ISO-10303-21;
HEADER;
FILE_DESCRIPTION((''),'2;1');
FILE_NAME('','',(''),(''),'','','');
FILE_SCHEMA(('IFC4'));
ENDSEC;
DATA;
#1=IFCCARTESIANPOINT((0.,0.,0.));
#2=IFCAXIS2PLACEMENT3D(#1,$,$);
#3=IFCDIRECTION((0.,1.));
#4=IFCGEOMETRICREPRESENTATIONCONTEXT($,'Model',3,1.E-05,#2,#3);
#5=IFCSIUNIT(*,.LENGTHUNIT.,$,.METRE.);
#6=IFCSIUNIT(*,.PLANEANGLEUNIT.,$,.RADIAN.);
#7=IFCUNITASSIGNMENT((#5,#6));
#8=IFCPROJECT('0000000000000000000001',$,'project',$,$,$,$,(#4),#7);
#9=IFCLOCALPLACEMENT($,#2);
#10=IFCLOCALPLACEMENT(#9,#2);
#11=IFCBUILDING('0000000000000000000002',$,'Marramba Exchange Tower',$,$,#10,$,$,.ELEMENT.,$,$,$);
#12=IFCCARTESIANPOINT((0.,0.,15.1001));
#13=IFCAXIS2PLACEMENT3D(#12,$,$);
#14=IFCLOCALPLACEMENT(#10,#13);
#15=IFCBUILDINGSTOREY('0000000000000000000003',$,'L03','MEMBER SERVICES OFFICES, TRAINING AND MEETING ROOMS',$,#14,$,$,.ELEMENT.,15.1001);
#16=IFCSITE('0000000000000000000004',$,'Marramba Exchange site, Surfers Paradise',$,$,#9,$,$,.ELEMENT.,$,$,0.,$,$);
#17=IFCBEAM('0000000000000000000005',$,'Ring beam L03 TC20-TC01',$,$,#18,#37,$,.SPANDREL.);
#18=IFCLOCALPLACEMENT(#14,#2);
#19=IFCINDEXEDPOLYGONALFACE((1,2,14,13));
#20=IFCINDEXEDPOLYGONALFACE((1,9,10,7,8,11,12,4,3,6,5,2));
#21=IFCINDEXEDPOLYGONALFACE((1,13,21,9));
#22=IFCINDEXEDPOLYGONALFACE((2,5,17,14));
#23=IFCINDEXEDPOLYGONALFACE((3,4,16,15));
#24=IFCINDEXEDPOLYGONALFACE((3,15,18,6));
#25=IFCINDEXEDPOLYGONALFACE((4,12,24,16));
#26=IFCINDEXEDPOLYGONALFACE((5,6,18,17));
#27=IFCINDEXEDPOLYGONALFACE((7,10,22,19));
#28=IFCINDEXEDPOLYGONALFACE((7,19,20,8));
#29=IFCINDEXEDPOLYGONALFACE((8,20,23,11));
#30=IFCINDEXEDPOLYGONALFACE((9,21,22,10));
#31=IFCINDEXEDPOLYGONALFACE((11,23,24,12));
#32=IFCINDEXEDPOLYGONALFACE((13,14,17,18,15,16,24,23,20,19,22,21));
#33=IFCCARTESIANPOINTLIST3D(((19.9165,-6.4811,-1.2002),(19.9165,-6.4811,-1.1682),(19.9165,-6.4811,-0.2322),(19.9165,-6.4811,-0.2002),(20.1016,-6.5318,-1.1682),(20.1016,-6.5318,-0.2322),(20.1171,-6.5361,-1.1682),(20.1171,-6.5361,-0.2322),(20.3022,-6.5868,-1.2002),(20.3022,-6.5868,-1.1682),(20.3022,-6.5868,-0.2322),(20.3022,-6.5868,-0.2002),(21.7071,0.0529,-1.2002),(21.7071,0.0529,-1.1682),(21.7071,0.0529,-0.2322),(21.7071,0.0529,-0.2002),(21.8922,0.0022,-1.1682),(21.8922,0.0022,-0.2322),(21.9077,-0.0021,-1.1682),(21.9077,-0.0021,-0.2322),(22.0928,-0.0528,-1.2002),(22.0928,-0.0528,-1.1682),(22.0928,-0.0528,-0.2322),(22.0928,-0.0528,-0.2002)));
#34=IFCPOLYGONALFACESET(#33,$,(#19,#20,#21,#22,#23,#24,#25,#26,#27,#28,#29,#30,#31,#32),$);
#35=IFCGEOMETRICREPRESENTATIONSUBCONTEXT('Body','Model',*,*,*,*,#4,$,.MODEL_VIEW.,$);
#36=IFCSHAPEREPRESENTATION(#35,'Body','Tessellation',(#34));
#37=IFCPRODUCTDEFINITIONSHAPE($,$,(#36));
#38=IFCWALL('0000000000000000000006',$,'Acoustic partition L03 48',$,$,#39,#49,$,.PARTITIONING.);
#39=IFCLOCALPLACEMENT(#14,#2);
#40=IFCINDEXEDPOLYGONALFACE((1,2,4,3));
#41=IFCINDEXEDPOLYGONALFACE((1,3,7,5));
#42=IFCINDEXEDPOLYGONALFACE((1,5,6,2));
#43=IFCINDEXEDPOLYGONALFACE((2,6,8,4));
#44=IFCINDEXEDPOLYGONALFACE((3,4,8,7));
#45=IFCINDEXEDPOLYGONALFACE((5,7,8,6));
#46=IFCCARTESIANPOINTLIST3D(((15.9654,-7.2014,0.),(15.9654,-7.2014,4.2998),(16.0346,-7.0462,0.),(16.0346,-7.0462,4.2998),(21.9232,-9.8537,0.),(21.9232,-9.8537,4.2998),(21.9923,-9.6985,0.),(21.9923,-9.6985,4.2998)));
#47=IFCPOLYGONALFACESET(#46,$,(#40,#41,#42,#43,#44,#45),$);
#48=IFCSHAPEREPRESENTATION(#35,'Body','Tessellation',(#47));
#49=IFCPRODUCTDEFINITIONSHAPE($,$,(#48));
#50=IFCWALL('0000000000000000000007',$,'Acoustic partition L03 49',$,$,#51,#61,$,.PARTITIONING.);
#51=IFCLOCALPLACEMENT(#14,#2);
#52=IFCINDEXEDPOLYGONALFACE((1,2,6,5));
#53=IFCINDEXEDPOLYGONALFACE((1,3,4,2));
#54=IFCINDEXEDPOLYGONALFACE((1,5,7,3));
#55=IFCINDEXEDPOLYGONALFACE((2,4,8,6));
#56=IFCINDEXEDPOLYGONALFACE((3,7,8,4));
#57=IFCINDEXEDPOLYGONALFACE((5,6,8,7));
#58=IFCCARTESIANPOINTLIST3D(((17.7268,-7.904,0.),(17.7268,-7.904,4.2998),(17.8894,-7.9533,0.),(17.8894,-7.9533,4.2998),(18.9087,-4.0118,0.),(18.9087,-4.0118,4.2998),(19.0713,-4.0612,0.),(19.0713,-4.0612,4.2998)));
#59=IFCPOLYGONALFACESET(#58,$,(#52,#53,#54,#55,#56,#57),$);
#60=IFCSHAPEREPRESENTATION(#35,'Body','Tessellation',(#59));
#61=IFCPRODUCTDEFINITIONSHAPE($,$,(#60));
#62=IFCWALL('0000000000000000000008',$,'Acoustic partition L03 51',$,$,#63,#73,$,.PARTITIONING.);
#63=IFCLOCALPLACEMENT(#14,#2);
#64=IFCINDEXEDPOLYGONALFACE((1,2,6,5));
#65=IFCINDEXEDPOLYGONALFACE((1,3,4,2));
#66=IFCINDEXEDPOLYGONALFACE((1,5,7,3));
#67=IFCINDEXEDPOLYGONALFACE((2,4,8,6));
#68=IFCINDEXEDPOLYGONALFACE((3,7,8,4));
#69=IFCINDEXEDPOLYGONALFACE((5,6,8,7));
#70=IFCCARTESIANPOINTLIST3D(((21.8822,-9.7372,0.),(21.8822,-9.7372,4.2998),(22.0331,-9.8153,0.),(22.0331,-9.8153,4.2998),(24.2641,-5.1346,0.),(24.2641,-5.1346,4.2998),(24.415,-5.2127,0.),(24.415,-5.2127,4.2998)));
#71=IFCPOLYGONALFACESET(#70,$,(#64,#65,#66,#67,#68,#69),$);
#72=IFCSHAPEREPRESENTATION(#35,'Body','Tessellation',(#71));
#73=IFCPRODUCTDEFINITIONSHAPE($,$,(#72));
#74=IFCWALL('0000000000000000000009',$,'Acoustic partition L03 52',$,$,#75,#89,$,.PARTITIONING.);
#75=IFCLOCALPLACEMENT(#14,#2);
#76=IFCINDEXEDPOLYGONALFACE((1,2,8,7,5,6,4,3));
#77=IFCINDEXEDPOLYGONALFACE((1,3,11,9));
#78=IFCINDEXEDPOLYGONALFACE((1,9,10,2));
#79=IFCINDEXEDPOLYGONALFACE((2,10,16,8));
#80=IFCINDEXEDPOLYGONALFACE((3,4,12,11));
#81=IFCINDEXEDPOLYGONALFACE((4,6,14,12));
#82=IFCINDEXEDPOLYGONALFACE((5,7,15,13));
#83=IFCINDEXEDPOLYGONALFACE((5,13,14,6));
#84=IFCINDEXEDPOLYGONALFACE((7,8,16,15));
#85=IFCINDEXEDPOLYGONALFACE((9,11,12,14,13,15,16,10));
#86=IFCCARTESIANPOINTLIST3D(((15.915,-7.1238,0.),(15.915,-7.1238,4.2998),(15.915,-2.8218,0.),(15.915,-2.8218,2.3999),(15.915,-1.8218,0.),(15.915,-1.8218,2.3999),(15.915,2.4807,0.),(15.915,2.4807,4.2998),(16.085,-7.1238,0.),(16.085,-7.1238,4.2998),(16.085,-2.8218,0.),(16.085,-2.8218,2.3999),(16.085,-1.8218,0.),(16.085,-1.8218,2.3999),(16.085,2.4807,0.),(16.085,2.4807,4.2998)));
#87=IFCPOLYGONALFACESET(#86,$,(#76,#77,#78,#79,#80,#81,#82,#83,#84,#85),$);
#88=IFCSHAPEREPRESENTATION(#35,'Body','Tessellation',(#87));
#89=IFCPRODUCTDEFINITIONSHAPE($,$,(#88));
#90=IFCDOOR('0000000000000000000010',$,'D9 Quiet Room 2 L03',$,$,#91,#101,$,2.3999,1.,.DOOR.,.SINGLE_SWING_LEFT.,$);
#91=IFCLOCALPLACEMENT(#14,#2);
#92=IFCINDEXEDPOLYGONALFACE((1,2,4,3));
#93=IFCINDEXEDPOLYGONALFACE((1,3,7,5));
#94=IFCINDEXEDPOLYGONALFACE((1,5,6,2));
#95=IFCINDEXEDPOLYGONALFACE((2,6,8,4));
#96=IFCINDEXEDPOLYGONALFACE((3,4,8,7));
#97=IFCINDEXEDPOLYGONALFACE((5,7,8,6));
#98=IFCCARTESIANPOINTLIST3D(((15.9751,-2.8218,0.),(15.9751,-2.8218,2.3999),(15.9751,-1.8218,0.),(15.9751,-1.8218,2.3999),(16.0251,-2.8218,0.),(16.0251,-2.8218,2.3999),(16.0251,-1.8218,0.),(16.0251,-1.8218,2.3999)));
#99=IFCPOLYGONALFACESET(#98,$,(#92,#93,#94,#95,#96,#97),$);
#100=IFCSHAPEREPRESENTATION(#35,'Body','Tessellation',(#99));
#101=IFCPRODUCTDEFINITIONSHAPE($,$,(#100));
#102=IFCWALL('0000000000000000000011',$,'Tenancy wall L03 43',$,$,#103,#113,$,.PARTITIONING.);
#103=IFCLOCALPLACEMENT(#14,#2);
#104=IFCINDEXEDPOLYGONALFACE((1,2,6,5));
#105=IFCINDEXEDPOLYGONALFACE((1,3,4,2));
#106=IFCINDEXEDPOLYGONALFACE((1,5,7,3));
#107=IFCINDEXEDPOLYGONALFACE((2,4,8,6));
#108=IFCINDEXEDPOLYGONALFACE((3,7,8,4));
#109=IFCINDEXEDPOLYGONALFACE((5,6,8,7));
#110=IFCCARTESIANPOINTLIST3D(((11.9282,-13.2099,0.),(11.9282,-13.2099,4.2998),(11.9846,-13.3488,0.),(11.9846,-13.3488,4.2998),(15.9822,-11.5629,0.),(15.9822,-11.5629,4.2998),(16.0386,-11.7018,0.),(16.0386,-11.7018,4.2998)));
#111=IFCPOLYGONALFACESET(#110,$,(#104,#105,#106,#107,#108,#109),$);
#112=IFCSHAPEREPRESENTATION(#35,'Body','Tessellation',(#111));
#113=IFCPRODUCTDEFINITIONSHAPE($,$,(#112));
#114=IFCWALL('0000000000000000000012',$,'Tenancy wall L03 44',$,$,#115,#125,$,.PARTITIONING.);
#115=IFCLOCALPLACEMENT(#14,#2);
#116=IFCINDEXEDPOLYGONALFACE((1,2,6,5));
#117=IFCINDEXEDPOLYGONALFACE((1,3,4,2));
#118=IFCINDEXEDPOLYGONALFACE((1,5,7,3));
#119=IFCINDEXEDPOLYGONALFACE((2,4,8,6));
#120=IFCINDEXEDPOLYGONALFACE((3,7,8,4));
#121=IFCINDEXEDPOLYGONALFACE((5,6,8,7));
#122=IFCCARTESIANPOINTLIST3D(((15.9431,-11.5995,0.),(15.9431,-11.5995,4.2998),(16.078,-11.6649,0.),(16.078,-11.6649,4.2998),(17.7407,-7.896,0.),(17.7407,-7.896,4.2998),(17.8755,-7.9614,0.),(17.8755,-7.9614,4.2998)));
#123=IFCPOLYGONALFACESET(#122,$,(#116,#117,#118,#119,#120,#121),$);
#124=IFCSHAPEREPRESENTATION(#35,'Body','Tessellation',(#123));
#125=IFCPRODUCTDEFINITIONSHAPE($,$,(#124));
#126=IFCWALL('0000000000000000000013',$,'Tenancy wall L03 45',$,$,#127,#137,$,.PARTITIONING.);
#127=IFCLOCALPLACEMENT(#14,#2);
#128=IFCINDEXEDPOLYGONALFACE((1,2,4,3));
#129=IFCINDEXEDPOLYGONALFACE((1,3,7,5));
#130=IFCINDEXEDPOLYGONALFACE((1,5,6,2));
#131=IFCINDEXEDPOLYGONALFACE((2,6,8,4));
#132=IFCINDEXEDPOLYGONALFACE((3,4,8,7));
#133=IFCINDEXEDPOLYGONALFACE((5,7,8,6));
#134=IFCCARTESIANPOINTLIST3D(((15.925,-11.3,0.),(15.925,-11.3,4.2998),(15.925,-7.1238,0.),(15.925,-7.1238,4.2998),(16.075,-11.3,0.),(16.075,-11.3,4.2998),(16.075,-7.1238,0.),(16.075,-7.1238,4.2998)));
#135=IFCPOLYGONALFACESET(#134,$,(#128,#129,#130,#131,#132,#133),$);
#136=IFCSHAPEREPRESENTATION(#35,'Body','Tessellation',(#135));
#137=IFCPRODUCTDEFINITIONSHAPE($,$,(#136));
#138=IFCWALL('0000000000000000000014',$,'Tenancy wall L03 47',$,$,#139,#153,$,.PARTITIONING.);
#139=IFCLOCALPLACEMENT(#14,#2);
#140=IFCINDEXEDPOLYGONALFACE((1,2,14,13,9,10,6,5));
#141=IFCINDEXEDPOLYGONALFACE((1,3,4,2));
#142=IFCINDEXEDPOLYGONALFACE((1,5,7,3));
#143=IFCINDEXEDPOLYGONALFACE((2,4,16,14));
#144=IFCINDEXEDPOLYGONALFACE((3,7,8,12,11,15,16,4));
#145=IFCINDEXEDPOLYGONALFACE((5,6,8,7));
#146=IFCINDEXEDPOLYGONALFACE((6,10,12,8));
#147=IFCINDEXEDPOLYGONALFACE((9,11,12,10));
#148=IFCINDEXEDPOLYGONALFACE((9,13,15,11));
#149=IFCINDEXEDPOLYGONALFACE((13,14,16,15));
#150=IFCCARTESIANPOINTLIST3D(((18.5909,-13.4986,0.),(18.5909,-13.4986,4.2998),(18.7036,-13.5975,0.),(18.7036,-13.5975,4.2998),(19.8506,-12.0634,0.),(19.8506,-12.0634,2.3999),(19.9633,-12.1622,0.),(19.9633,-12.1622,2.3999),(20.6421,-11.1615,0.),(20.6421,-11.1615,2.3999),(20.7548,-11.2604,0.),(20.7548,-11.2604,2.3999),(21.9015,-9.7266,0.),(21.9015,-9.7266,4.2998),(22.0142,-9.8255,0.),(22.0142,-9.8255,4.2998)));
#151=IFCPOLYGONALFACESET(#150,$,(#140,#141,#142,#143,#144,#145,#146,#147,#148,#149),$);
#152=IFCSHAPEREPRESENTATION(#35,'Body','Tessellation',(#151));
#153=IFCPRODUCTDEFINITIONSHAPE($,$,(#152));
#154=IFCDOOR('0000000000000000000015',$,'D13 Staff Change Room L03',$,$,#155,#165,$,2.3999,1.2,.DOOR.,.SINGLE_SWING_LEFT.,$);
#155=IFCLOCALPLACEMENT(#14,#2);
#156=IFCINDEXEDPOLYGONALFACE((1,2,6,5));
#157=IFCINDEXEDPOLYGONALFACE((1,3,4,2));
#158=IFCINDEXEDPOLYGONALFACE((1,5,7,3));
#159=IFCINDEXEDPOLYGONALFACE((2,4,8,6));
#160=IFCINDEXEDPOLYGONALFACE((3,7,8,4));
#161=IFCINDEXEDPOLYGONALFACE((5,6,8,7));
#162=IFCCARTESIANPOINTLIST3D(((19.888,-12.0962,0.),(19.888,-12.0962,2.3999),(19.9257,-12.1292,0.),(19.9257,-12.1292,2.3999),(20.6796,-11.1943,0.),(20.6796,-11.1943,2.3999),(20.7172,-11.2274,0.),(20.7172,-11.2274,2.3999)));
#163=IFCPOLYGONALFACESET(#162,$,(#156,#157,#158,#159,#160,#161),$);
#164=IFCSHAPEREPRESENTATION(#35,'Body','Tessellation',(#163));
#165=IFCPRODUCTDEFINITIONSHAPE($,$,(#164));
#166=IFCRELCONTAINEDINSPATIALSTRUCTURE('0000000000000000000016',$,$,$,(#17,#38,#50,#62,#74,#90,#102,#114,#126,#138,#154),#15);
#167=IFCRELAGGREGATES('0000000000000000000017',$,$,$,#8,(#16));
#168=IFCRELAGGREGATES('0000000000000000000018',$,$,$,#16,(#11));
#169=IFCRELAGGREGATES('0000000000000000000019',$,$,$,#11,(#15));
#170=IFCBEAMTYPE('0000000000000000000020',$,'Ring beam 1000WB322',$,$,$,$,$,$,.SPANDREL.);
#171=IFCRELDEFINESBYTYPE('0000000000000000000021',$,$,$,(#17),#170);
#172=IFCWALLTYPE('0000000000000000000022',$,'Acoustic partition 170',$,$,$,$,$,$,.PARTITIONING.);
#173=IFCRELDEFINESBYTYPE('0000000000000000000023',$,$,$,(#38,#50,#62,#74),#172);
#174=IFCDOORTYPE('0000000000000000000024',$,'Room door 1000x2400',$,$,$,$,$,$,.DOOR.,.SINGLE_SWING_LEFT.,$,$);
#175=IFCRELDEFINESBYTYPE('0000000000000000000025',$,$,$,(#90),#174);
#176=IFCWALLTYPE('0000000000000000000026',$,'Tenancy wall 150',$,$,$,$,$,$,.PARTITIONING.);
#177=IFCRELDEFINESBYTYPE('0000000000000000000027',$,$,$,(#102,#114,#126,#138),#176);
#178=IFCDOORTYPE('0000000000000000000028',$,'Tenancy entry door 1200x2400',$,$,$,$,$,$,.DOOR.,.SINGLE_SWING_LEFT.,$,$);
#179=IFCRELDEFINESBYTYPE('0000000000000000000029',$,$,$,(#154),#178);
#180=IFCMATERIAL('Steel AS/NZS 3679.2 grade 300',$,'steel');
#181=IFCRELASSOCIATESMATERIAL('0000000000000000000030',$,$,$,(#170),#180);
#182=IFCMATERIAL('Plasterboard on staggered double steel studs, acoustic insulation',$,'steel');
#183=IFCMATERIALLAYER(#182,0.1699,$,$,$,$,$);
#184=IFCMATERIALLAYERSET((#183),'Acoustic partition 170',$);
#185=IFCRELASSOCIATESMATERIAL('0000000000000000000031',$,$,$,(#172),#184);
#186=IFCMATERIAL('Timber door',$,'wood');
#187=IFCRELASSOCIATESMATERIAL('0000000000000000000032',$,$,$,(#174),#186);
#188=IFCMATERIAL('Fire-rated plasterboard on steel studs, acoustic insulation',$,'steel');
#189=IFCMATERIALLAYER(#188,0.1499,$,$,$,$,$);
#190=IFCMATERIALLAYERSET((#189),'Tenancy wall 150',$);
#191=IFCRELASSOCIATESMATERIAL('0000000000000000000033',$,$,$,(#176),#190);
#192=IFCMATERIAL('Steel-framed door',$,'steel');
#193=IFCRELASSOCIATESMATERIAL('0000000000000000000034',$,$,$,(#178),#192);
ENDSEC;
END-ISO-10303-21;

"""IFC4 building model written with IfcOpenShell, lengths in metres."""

from ifc_helpers import new_model, si_unit, direction, frame, frame_2d, origin, origin_2d, place, context, subcontext, project, spatial, rectangle, i_section, extrude, material, layer, layer_set, material_profile, profile_set, type_object, element, fill, save


model = new_model("IFC4")

# Units and contexts
model_context = context("Model", 3, precision=1e-05, world=origin(), true_north=direction((0.0, 1.0)))
body_context = subcontext(model_context, "Body", "Model", "MODEL_VIEW")
ifc_project = project(units=[si_unit("LENGTHUNIT", "METRE"), si_unit("PLANEANGLEUNIT", "RADIAN")], contexts=[model_context])

# Site, building, storey
site_placement = place(None, origin())
site = spatial("IfcSite", under=ifc_project, at=site_placement, Name="Marramba Exchange site, Surfers Paradise", CompositionType="ELEMENT", RefElevation=0.0)
building_placement = place(site_placement, origin())
building = spatial("IfcBuilding", under=site, at=building_placement, Name="Marramba Exchange Tower", CompositionType="ELEMENT")
storey_placement = place(building_placement, frame((0.0, 0.0, 15.1001)))
storey = spatial("IfcBuildingStorey", under=building, at=storey_placement, Name="L03", Description="MEMBER SERVICES OFFICES, TRAINING AND MEETING ROOMS", CompositionType="ELEMENT", Elevation=15.1001)

# Beam
ifc_material_1 = material(Name="Steel AS/NZS 3679.2 grade 300", Category="steel")
ifc_material_profile_1 = material_profile(ifc_material_1, i_section(OverallWidth=0.3999, OverallDepth=1.0, WebThickness=0.0161, FlangeThickness=0.032, at=origin_2d()), Name="1000WB322")
ifc_profile_set_1 = profile_set([ifc_material_profile_1], Name="Steel AS/NZS 3679.2 grade 300")
beam_type_1 = type_object("IfcBeamType", Name="Ring beam 1000WB322", PredefinedType="SPANDREL", material=ifc_profile_set_1)
beam_1_placement = place(storey_placement, frame((20.1094, -6.5339, -0.7002), z_axis=(0.264291, 0.964443, 0.0), x_axis=(-0.964443, 0.264291, 0.0)))
element("IfcBeam", 1, at=beam_1_placement, inside=storey, type_object=beam_type_1, Name="Ring beam L03 TC20-TC01", PredefinedType="SPANDREL", context=body_context, shape_type="SweptSolid", body=[
    extrude(i_section(OverallWidth=0.3999, OverallDepth=1.0, WebThickness=0.0161, FlangeThickness=0.032, at=origin_2d()), origin(), (0.0, 0.0, 1.0), 6.7749),
])

# Walls
ifc_material_2 = material(Name="Plasterboard on staggered double steel studs, acoustic insulation", Category="steel")
ifc_layer_1 = layer(ifc_material_2, 0.1699)
ifc_layer_set_1 = layer_set([ifc_layer_1], Name="Acoustic partition 170")
wall_type_1 = type_object("IfcWallType", Name="Acoustic partition 170", PredefinedType="PARTITIONING", material=ifc_layer_set_1)
wall_1_placement = place(storey_placement, frame((16.0, -7.1238, 0.0), z_axis=(0.0, 0.0, 1.0), x_axis=(0.913558, -0.406708, 0.0)))
element("IfcWall", 2, at=wall_1_placement, inside=storey, type_object=wall_type_1, Name="Acoustic partition L03 48", PredefinedType="PARTITIONING", context=body_context, shape_type="SweptSolid", body=[
    extrude(rectangle(XDim=6.5215, YDim=0.1699, at=frame_2d((3.2607, 0.0))), origin(), (0.0, 0.0, 1.0), 4.2998),
])
wall_2_placement = place(storey_placement, frame((18.99, -4.0366, 0.0), z_axis=(0.0, 0.0, 1.0), x_axis=(-0.290562, -0.956856, 0.0)))
element("IfcWall", 3, at=wall_2_placement, inside=storey, type_object=wall_type_1, Name="Acoustic partition L03 49", PredefinedType="PARTITIONING", context=body_context, shape_type="SweptSolid", body=[
    extrude(rectangle(XDim=4.0676, YDim=0.1699, at=frame_2d((2.0337, 0.0))), origin(), (0.0, 0.0, 1.0), 4.2998),
])
wall_3_placement = place(storey_placement, frame((24.3396, -5.1736, 0.0), z_axis=(0.0, 0.0, 1.0), x_axis=(-0.459607, -0.888122, 0.0)))
element("IfcWall", 4, at=wall_3_placement, inside=storey, type_object=wall_type_1, Name="Acoustic partition L03 51", PredefinedType="PARTITIONING", context=body_context, shape_type="SweptSolid", body=[
    extrude(rectangle(XDim=5.1824, YDim=0.1699, at=frame_2d((2.5913, 0.0))), origin(), (0.0, 0.0, 1.0), 4.2998),
])

# Wall, opening, door
wall_4_placement = place(storey_placement, frame((16.0, -7.1238, 0.0), z_axis=(0.0, 0.0, 1.0), x_axis=(0.0, 1.0, 0.0)))
wall_4 = element("IfcWall", 5, at=wall_4_placement, inside=storey, type_object=wall_type_1, Name="Acoustic partition L03 52", PredefinedType="PARTITIONING", context=body_context, shape_type="SweptSolid", body=[
    extrude(rectangle(XDim=9.6045, YDim=0.1699, at=frame_2d((4.8022, 0.0))), origin(), (0.0, 0.0, 1.0), 4.2998),
])
opening_1_placement = place(wall_4_placement, frame((4.302, 0.0, 0.0)))
opening_1 = element("IfcOpeningElement", 6, at=opening_1_placement, cuts=wall_4, PredefinedType="OPENING", context=body_context, shape_type="SweptSolid", body=[
    extrude(rectangle(XDim=1.0, YDim=2.3999, at=frame_2d((0.5, 1.2))), frame((0.0, 0.095, 0.0), z_axis=(0.0, -1.0, 0.0), x_axis=(1.0, 0.0, 0.0)), (0.0, 0.0, 1.0), 0.1899),
])
ifc_material_3 = material(Name="Timber door", Category="wood")
door_type_1 = type_object("IfcDoorType", Name="Room door 1000x2400", OperationType="SINGLE_SWING_LEFT", PredefinedType="DOOR", material=ifc_material_3)
door_1_placement = place(opening_1_placement, frame((1.0, 0.0, 0.0), z_axis=(0.0, 0.0, 1.0), x_axis=(-1.0, 0.0, 0.0)))
door_1 = element("IfcDoor", 7, at=door_1_placement, inside=storey, type_object=door_type_1, Name="D9 Quiet Room 2 L03", OperationType="SINGLE_SWING_LEFT", OverallHeight=2.3999, OverallWidth=1.0, PredefinedType="DOOR", context=body_context, shape_type="SweptSolid", body=[
    extrude(rectangle(XDim=1.0, YDim=2.3999, at=frame_2d((0.5, 1.2))), frame((0.0, 0.0251, 0.0), z_axis=(0.0, -1.0, 0.0), x_axis=(1.0, 0.0, 0.0)), (0.0, 0.0, 1.0), 0.05),
])
fill(opening_1, door_1)
ifc_material_4 = material(Name="Steel-framed door", Category="steel")

# Walls
ifc_material_5 = material(Name="Fire-rated plasterboard on steel studs, acoustic insulation", Category="steel")
ifc_layer_2 = layer(ifc_material_5, 0.1499)
ifc_layer_set_2 = layer_set([ifc_layer_2], Name="Tenancy wall 150")
wall_type_2 = type_object("IfcWallType", Name="Tenancy wall 150", PredefinedType="PARTITIONING", material=ifc_layer_set_2)
wall_5_placement = place(storey_placement, frame((16.0105, -11.6323, 0.0), z_axis=(0.0, 0.0, 1.0), x_axis=(-0.926462, -0.376388, 0.0)))
element("IfcWall", 8, at=wall_5_placement, inside=storey, type_object=wall_type_2, Name="Tenancy wall L03 43", PredefinedType="PARTITIONING", context=body_context, shape_type="SweptSolid", body=[
    extrude(rectangle(XDim=4.3757, YDim=0.1499, at=frame_2d((2.188, 0.0))), origin(), (0.0, 0.0, 1.0), 4.2998),
])
wall_6_placement = place(storey_placement, frame((17.8081, -7.9287, 0.0), z_axis=(0.0, 0.0, 1.0), x_axis=(-0.43665, -0.899631, 0.0)))
element("IfcWall", 9, at=wall_6_placement, inside=storey, type_object=wall_type_2, Name="Tenancy wall L03 44", PredefinedType="PARTITIONING", context=body_context, shape_type="SweptSolid", body=[
    extrude(rectangle(XDim=4.1167, YDim=0.1499, at=frame_2d((2.0583, 0.0))), origin(), (0.0, 0.0, 1.0), 4.2998),
])
wall_7_placement = place(storey_placement, frame((16.0, -11.3, 0.0), z_axis=(0.0, 0.0, 1.0), x_axis=(0.0, 1.0, 0.0)))
element("IfcWall", 10, at=wall_7_placement, inside=storey, type_object=wall_type_2, Name="Tenancy wall L03 45", PredefinedType="PARTITIONING", context=body_context, shape_type="SweptSolid", body=[
    extrude(rectangle(XDim=4.1763, YDim=0.1499, at=frame_2d((2.0881, 0.0))), origin(), (0.0, 0.0, 1.0), 4.2998),
])

# Wall, opening, door
wall_8_placement = place(storey_placement, frame((21.9578, -9.7761, 0.0), z_axis=(0.0, 0.0, 1.0), x_axis=(-0.65964, -0.751581, 0.0)))
wall_8 = element("IfcWall", 11, at=wall_8_placement, inside=storey, type_object=wall_type_2, Name="Tenancy wall L03 47", PredefinedType="PARTITIONING", context=body_context, shape_type="SweptSolid", body=[
    extrude(rectangle(XDim=5.0188, YDim=0.1499, at=frame_2d((2.5093, 0.0))), origin(), (0.0, 0.0, 1.0), 4.2998),
])
opening_2_placement = place(wall_8_placement, frame((1.9089, 0.0, 0.0)))
opening_2 = element("IfcOpeningElement", 12, at=opening_2_placement, cuts=wall_8, PredefinedType="OPENING", context=body_context, shape_type="SweptSolid", body=[
    extrude(rectangle(XDim=1.2, YDim=2.3999, at=frame_2d((0.6001, 1.2))), frame((0.0, 0.085, 0.0), z_axis=(0.0, -1.0, 0.0), x_axis=(1.0, 0.0, 0.0)), (0.0, 0.0, 1.0), 0.1699),
])
door_type_2 = type_object("IfcDoorType", Name="Tenancy entry door 1200x2400", OperationType="SINGLE_SWING_LEFT", PredefinedType="DOOR", material=ifc_material_4)
door_2_placement = place(opening_2_placement, origin())
door_2 = element("IfcDoor", 13, at=door_2_placement, inside=storey, type_object=door_type_2, Name="D13 Staff Change Room L03", OperationType="SINGLE_SWING_LEFT", OverallHeight=2.3999, OverallWidth=1.2, PredefinedType="DOOR", context=body_context, shape_type="SweptSolid", body=[
    extrude(rectangle(XDim=1.2, YDim=2.3999, at=frame_2d((0.6001, 1.2))), frame((0.0, 0.0249, 0.0), z_axis=(0.0, -1.0, 0.0), x_axis=(1.0, 0.0, 0.0)), (0.0, 0.0, 1.0), 0.05),
])
fill(opening_2, door_2)

save(model, "model.ifc")
